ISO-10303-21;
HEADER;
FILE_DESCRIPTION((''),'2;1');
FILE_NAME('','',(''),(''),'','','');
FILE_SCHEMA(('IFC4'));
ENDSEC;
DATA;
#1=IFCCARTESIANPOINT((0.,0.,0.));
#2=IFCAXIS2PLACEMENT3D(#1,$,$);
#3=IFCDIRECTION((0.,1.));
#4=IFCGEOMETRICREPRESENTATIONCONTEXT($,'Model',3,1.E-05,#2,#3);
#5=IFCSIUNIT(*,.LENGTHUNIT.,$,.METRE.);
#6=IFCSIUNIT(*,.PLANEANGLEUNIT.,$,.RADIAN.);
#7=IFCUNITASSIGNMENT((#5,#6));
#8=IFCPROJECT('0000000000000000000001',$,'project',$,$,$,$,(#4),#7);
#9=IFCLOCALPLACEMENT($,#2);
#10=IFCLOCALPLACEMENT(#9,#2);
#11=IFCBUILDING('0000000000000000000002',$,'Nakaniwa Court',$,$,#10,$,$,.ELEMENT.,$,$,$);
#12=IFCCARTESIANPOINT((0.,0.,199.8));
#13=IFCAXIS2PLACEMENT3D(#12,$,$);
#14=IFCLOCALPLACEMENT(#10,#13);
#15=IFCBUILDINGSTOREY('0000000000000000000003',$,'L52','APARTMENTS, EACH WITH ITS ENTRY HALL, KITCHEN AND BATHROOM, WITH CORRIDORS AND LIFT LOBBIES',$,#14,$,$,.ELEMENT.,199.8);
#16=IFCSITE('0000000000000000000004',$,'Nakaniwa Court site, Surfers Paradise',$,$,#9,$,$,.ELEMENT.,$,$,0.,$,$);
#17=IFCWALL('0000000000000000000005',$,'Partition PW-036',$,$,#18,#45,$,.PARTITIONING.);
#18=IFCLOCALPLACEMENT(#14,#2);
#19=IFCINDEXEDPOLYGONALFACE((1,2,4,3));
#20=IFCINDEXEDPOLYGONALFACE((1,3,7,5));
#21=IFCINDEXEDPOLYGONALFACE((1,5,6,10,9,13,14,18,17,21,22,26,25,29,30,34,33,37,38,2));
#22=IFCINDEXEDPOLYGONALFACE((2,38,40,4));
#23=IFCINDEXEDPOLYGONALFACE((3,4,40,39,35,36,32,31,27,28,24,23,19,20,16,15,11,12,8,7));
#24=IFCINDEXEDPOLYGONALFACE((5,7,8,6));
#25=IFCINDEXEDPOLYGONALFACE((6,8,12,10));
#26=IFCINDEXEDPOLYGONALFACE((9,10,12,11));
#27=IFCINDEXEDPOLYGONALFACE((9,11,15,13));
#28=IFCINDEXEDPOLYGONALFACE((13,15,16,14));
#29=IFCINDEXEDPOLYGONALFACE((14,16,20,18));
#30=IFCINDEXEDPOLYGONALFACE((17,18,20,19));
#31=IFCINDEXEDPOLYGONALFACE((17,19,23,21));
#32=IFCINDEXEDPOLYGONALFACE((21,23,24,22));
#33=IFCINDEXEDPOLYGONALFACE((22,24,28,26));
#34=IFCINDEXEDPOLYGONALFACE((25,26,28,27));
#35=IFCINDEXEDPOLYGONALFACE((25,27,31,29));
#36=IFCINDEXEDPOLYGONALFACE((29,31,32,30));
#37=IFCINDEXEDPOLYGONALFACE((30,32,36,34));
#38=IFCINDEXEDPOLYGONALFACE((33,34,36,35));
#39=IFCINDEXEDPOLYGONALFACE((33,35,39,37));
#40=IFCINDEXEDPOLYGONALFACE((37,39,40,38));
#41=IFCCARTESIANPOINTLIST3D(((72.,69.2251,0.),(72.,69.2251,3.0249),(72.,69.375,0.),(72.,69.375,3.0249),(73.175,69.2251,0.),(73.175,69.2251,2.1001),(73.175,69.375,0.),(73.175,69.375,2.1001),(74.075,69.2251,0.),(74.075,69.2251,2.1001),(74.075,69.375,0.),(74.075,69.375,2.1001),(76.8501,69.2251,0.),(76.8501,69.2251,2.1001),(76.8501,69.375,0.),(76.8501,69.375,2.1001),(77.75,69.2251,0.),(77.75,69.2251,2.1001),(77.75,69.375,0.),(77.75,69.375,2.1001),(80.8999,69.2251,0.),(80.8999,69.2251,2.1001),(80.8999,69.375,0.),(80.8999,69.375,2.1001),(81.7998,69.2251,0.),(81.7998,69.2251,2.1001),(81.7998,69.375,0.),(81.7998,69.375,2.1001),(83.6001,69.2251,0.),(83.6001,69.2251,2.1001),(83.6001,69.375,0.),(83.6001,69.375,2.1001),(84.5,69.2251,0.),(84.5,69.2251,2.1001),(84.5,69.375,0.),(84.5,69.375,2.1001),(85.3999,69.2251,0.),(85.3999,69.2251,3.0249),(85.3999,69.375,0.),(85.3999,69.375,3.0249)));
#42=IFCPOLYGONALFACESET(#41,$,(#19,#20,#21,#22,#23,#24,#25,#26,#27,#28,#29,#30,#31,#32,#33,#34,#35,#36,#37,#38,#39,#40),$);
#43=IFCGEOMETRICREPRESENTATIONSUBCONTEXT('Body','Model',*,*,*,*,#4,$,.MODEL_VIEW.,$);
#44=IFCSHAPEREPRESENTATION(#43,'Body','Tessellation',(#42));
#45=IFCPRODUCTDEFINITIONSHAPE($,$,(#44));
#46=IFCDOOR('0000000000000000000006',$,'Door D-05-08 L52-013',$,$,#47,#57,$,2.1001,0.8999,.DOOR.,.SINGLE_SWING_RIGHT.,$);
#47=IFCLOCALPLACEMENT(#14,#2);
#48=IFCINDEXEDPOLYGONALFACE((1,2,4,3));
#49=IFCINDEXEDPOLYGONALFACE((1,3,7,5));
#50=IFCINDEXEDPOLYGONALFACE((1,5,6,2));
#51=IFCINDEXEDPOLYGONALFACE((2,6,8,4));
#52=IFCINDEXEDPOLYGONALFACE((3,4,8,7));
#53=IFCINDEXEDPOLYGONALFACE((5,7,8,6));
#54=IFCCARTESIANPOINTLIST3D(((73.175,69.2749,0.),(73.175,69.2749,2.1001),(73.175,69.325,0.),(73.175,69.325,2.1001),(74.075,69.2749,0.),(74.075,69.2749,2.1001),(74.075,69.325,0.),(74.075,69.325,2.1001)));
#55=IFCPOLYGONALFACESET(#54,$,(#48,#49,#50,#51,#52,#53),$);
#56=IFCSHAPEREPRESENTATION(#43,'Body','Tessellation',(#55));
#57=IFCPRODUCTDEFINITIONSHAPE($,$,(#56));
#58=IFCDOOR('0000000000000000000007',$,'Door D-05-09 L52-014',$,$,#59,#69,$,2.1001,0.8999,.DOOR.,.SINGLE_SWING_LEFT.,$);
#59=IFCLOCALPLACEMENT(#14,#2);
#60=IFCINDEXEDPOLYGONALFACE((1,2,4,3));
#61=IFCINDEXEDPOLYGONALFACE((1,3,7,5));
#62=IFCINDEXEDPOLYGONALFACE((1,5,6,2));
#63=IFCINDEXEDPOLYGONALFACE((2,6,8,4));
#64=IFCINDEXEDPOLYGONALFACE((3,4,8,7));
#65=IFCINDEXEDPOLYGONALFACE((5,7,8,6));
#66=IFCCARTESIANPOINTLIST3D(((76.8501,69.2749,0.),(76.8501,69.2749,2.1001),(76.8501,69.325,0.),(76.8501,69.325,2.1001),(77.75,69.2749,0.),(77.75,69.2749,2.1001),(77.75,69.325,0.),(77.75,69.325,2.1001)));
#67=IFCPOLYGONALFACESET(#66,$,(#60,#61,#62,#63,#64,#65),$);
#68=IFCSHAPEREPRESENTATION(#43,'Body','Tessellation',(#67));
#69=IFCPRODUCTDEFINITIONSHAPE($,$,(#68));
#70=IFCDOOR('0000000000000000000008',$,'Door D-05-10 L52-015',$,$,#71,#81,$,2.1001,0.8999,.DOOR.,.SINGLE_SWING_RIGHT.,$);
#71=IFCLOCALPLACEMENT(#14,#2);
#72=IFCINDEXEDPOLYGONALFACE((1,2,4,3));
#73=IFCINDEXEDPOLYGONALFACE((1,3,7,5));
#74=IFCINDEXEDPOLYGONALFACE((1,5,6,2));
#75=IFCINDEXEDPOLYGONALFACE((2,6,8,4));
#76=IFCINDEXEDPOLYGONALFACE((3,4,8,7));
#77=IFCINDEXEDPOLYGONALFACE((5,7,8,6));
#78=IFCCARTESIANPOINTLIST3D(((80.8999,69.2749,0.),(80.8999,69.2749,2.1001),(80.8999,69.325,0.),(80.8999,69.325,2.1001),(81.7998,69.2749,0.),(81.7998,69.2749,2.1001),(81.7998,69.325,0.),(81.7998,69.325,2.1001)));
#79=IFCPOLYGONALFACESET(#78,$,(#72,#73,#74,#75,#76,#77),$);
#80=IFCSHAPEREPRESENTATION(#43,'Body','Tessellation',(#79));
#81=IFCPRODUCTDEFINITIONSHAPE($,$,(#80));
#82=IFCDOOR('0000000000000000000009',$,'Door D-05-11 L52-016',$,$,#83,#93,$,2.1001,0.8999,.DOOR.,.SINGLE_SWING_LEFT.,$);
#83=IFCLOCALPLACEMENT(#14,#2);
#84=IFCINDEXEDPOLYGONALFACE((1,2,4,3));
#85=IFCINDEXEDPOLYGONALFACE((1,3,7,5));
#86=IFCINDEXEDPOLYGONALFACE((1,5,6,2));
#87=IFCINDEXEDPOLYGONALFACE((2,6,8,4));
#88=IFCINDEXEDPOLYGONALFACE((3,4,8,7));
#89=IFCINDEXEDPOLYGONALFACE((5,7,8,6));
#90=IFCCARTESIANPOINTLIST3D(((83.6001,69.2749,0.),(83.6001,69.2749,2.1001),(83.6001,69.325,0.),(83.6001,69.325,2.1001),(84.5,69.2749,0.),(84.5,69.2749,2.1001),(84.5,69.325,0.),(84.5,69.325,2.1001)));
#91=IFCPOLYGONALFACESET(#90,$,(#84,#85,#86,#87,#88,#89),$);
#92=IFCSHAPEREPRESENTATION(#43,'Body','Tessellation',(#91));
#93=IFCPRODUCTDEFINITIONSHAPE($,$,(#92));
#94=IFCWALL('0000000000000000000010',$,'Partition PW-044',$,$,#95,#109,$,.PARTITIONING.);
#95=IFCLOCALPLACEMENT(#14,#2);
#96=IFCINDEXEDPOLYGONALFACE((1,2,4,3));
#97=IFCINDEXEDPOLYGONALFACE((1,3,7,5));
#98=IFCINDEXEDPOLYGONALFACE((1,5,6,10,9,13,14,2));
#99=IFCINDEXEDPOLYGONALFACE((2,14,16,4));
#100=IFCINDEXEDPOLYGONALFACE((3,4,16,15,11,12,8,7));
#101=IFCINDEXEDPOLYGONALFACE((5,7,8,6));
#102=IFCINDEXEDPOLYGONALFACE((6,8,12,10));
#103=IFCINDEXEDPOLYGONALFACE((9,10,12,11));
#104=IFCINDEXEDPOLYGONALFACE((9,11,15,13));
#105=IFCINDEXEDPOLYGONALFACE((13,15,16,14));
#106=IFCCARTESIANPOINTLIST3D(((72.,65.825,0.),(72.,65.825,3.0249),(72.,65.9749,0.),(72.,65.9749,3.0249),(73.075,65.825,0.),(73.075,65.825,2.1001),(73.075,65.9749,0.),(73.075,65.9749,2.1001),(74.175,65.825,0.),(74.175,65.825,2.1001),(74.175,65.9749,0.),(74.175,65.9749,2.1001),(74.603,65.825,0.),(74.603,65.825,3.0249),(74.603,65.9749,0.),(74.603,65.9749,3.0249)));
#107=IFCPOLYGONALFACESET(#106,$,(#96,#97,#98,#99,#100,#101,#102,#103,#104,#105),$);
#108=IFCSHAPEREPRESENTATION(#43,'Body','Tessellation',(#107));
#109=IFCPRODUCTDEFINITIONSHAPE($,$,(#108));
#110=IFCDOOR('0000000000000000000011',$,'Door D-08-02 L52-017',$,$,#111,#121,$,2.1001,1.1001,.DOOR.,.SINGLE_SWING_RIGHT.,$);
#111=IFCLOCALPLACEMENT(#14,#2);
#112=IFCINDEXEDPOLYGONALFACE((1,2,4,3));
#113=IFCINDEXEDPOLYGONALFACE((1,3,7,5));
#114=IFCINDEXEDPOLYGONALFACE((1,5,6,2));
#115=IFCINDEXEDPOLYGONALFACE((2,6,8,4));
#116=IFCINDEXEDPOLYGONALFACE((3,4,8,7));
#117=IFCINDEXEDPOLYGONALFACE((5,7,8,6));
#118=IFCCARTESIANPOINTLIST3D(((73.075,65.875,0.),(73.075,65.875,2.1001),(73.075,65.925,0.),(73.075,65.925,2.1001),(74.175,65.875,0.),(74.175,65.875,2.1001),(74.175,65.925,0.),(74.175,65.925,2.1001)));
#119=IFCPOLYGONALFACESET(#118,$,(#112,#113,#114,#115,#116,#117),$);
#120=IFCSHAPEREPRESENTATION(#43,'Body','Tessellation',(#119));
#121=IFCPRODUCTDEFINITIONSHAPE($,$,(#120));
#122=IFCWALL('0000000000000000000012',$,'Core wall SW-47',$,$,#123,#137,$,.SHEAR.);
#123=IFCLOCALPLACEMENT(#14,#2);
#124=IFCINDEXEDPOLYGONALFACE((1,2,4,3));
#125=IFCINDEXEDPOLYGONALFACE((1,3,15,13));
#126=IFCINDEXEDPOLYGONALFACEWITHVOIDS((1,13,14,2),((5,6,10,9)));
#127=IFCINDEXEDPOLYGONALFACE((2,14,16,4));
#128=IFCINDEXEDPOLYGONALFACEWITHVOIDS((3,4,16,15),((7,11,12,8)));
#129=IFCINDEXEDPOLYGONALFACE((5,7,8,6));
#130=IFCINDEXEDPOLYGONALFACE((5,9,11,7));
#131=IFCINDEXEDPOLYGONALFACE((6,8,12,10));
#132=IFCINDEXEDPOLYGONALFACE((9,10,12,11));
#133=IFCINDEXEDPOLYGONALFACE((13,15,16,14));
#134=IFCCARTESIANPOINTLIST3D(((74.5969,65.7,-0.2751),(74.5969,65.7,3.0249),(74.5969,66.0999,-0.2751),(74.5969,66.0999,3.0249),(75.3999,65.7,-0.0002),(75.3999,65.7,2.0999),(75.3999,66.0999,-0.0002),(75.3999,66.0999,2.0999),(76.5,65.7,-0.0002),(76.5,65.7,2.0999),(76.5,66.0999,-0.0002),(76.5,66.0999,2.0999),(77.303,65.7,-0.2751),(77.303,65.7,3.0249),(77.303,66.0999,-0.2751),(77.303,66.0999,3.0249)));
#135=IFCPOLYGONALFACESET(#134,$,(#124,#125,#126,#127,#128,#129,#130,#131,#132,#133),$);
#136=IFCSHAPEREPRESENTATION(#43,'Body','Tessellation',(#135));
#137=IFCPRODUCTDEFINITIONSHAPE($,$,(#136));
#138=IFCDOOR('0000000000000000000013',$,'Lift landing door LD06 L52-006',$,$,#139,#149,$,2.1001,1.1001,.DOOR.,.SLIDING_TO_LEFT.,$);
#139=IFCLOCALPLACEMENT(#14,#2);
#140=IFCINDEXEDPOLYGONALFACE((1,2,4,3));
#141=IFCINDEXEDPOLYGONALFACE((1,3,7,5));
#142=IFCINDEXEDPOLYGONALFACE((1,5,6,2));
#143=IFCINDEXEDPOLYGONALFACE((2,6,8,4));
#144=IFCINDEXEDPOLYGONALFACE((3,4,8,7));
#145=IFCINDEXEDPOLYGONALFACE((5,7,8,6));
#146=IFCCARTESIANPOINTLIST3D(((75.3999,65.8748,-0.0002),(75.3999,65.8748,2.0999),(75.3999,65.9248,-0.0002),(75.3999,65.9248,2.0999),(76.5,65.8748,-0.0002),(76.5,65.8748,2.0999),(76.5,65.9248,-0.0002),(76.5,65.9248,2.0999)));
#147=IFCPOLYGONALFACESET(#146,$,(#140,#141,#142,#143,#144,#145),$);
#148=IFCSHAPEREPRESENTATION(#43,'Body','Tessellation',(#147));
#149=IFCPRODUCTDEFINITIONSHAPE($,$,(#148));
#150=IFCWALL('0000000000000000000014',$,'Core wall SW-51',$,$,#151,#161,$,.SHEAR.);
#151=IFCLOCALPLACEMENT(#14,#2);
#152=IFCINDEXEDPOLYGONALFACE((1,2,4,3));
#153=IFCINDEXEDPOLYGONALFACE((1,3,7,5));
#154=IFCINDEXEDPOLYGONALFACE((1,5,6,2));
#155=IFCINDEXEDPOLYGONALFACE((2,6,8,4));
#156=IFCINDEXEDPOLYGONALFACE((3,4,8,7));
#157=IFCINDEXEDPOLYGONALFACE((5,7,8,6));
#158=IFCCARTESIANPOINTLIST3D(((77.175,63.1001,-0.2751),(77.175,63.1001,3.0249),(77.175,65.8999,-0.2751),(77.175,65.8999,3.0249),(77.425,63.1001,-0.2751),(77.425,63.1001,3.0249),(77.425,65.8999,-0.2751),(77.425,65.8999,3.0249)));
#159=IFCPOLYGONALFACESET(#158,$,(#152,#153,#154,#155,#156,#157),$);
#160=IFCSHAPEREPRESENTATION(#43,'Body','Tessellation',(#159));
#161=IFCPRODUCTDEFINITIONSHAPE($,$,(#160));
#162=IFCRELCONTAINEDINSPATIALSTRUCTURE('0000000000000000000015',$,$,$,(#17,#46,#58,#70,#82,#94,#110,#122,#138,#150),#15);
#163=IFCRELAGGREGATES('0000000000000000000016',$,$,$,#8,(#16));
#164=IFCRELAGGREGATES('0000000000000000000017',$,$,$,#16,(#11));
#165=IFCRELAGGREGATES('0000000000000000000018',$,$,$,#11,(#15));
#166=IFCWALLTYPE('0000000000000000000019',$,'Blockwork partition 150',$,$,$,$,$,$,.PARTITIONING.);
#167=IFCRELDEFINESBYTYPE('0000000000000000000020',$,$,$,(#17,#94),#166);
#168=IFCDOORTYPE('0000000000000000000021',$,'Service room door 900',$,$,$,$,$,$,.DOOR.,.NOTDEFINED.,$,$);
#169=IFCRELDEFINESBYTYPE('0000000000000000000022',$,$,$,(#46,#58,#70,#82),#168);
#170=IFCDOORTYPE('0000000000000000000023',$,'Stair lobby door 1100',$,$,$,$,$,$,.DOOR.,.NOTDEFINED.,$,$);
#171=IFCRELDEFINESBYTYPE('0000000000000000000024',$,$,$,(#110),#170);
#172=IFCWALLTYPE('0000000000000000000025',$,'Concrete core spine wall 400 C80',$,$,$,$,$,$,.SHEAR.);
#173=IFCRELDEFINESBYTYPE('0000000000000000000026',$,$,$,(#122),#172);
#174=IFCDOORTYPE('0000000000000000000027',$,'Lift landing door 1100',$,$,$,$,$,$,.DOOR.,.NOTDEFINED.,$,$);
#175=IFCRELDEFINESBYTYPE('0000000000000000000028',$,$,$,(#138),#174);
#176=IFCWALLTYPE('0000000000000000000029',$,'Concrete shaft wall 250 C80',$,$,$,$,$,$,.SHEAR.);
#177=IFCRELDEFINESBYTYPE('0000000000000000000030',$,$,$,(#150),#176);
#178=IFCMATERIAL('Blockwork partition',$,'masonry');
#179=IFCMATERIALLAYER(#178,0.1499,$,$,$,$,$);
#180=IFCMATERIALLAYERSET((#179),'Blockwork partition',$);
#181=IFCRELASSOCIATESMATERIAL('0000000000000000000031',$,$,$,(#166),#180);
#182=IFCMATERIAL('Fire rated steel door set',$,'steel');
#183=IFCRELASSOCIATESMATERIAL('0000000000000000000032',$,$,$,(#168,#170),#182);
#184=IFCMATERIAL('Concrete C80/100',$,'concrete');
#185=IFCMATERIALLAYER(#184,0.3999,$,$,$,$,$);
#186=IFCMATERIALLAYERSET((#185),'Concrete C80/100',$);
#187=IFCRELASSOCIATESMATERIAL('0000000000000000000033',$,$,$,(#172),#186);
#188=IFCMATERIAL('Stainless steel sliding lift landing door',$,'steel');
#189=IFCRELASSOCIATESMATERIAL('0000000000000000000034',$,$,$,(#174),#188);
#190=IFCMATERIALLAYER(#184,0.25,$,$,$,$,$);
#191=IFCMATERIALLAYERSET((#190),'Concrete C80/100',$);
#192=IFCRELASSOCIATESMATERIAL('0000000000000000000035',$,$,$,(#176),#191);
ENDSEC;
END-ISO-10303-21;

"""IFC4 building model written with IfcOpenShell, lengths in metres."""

from ifc_helpers import new_model, si_unit, direction, frame, frame_2d, origin, place, context, subcontext, project, spatial, rectangle, extrude, material, layer, layer_set, type_object, element, fill, save


model = new_model("IFC4")

# Units and contexts
model_context = context("Model", 3, precision=1e-05, world=origin(), true_north=direction((0.0, 1.0)))
body_context = subcontext(model_context, "Body", "Model", "MODEL_VIEW")
ifc_project = project(units=[si_unit("LENGTHUNIT", "METRE"), si_unit("PLANEANGLEUNIT", "RADIAN")], contexts=[model_context])

# Site, building, storey
site_placement = place(None, origin())
site = spatial("IfcSite", under=ifc_project, at=site_placement, Name="Nakaniwa Court site, Surfers Paradise", CompositionType="ELEMENT", RefElevation=0.0)
building_placement = place(site_placement, origin())
building = spatial("IfcBuilding", under=site, at=building_placement, Name="Nakaniwa Court", CompositionType="ELEMENT")
storey_placement = place(building_placement, frame((0.0, 0.0, 199.8)))
storey = spatial("IfcBuildingStorey", under=building, at=storey_placement, Name="L52", Description="APARTMENTS, EACH WITH ITS ENTRY HALL, KITCHEN AND BATHROOM, WITH CORRIDORS AND LIFT LOBBIES", CompositionType="ELEMENT", Elevation=199.8)

# Shared definitions
ifc_material_1 = material(Name="Concrete C80/100", Category="concrete")

# Shared definitions
ifc_material_2 = material(Name="Blockwork partition", Category="masonry")
ifc_layer_1 = layer(ifc_material_2, 0.1499)
ifc_layer_set_1 = layer_set([ifc_layer_1], Name="Blockwork partition")
wall_type_1 = type_object("IfcWallType", Name="Blockwork partition 150", PredefinedType="PARTITIONING", material=ifc_layer_set_1)

# Wall, openings, doors
wall_1_placement = place(storey_placement, frame((72.0, 69.3, 0.0), z_axis=(0.0, 0.0, 1.0), x_axis=(1.0, 0.0, 0.0)))
wall_1 = element("IfcWall", 1, at=wall_1_placement, inside=storey, type_object=wall_type_1, Name="Partition PW-036", PredefinedType="PARTITIONING", context=body_context, shape_type="SweptSolid", body=[
    extrude(rectangle(XDim=13.3999, YDim=0.1499, at=frame_2d((6.7, 0.0))), origin(), (0.0, 0.0, 1.0), 3.0249),
])
opening_1_placement = place(wall_1_placement, frame((1.175, 0.0, 0.0)))
opening_1 = element("IfcOpeningElement", 2, at=opening_1_placement, cuts=wall_1, PredefinedType="OPENING", context=body_context, shape_type="SweptSolid", body=[
    extrude(rectangle(XDim=0.8999, YDim=2.1001, at=frame_2d((0.45, 1.05))), frame((0.0, 0.085, 0.0), z_axis=(0.0, -1.0, 0.0), x_axis=(1.0, 0.0, 0.0)), (0.0, 0.0, 1.0), 0.1699),
])
opening_2_placement = place(wall_1_placement, frame((4.8501, 0.0, 0.0)))
opening_2 = element("IfcOpeningElement", 3, at=opening_2_placement, cuts=wall_1, PredefinedType="OPENING", context=body_context, shape_type="SweptSolid", body=[
    extrude(rectangle(XDim=0.8999, YDim=2.1001, at=frame_2d((0.45, 1.05))), frame((0.0, 0.085, 0.0), z_axis=(0.0, -1.0, 0.0), x_axis=(1.0, 0.0, 0.0)), (0.0, 0.0, 1.0), 0.1699),
])
opening_3_placement = place(wall_1_placement, frame((8.8999, 0.0, 0.0)))
opening_3 = element("IfcOpeningElement", 4, at=opening_3_placement, cuts=wall_1, PredefinedType="OPENING", context=body_context, shape_type="SweptSolid", body=[
    extrude(rectangle(XDim=0.8999, YDim=2.1001, at=frame_2d((0.45, 1.05))), frame((0.0, 0.085, 0.0), z_axis=(0.0, -1.0, 0.0), x_axis=(1.0, 0.0, 0.0)), (0.0, 0.0, 1.0), 0.1699),
])
opening_4_placement = place(wall_1_placement, frame((11.6001, 0.0, 0.0)))
opening_4 = element("IfcOpeningElement", 5, at=opening_4_placement, cuts=wall_1, PredefinedType="OPENING", context=body_context, shape_type="SweptSolid", body=[
    extrude(rectangle(XDim=0.8999, YDim=2.1001, at=frame_2d((0.45, 1.05))), frame((0.0, 0.085, 0.0), z_axis=(0.0, -1.0, 0.0), x_axis=(1.0, 0.0, 0.0)), (0.0, 0.0, 1.0), 0.1699),
])
ifc_material_3 = material(Name="Fire rated steel door set", Category="steel")
door_type_1 = type_object("IfcDoorType", Name="Service room door 900", OperationType="NOTDEFINED", PredefinedType="DOOR", material=ifc_material_3)
door_1_placement = place(opening_1_placement, origin())
door_1 = element("IfcDoor", 6, at=door_1_placement, inside=storey, type_object=door_type_1, Name="Door D-05-08 L52-013", OperationType="SINGLE_SWING_RIGHT", OverallHeight=2.1001, OverallWidth=0.8999, PredefinedType="DOOR", context=body_context, shape_type="SweptSolid", body=[
    extrude(rectangle(XDim=0.8999, YDim=2.1001, at=frame_2d((0.45, 1.05))), frame((0.0, 0.0249, 0.0), z_axis=(0.0, -1.0, 0.0), x_axis=(1.0, 0.0, 0.0)), (0.0, 0.0, 1.0), 0.05),
])
fill(opening_1, door_1)
door_2_placement = place(opening_2_placement, origin())
door_2 = element("IfcDoor", 7, at=door_2_placement, inside=storey, type_object=door_type_1, Name="Door D-05-09 L52-014", OperationType="SINGLE_SWING_LEFT", OverallHeight=2.1001, OverallWidth=0.8999, PredefinedType="DOOR", context=body_context, shape_type="SweptSolid", body=[
    extrude(rectangle(XDim=0.8999, YDim=2.1001, at=frame_2d((0.45, 1.05))), frame((0.0, 0.0249, 0.0), z_axis=(0.0, -1.0, 0.0), x_axis=(1.0, 0.0, 0.0)), (0.0, 0.0, 1.0), 0.05),
])
fill(opening_2, door_2)
door_3_placement = place(opening_3_placement, origin())
door_3 = element("IfcDoor", 8, at=door_3_placement, inside=storey, type_object=door_type_1, Name="Door D-05-10 L52-015", OperationType="SINGLE_SWING_RIGHT", OverallHeight=2.1001, OverallWidth=0.8999, PredefinedType="DOOR", context=body_context, shape_type="SweptSolid", body=[
    extrude(rectangle(XDim=0.8999, YDim=2.1001, at=frame_2d((0.45, 1.05))), frame((0.0, 0.0249, 0.0), z_axis=(0.0, -1.0, 0.0), x_axis=(1.0, 0.0, 0.0)), (0.0, 0.0, 1.0), 0.05),
])
fill(opening_3, door_3)
door_4_placement = place(opening_4_placement, origin())
door_4 = element("IfcDoor", 9, at=door_4_placement, inside=storey, type_object=door_type_1, Name="Door D-05-11 L52-016", OperationType="SINGLE_SWING_LEFT", OverallHeight=2.1001, OverallWidth=0.8999, PredefinedType="DOOR", context=body_context, shape_type="SweptSolid", body=[
    extrude(rectangle(XDim=0.8999, YDim=2.1001, at=frame_2d((0.45, 1.05))), frame((0.0, 0.0249, 0.0), z_axis=(0.0, -1.0, 0.0), x_axis=(1.0, 0.0, 0.0)), (0.0, 0.0, 1.0), 0.05),
])
fill(opening_4, door_4)

# Walls, openings, doors
wall_2_placement = place(storey_placement, frame((74.603, 65.8999, 0.0), z_axis=(0.0, 0.0, 1.0), x_axis=(-1.0, 0.0, 0.0)))
wall_2 = element("IfcWall", 10, at=wall_2_placement, inside=storey, type_object=wall_type_1, Name="Partition PW-044", PredefinedType="PARTITIONING", context=body_context, shape_type="SweptSolid", body=[
    extrude(rectangle(XDim=2.603, YDim=0.1499, at=frame_2d((1.3015, 0.0))), origin(), (0.0, 0.0, 1.0), 3.0249),
])
opening_5_placement = place(wall_2_placement, frame((0.428, 0.0, 0.0)))
opening_5 = element("IfcOpeningElement", 11, at=opening_5_placement, cuts=wall_2, PredefinedType="OPENING", context=body_context, shape_type="SweptSolid", body=[
    extrude(rectangle(XDim=1.1001, YDim=2.1001, at=frame_2d((0.55, 1.05))), frame((0.0, 0.085, 0.0), z_axis=(0.0, -1.0, 0.0), x_axis=(1.0, 0.0, 0.0)), (0.0, 0.0, 1.0), 0.1699),
])
door_type_2 = type_object("IfcDoorType", Name="Stair lobby door 1100", OperationType="NOTDEFINED", PredefinedType="DOOR", material=ifc_material_3)
door_5_placement = place(opening_5_placement, origin())
door_5 = element("IfcDoor", 12, at=door_5_placement, inside=storey, type_object=door_type_2, Name="Door D-08-02 L52-017", OperationType="SINGLE_SWING_RIGHT", OverallHeight=2.1001, OverallWidth=1.1001, PredefinedType="DOOR", context=body_context, shape_type="SweptSolid", body=[
    extrude(rectangle(XDim=1.1001, YDim=2.1001, at=frame_2d((0.55, 1.05))), frame((0.0, 0.0249, 0.0), z_axis=(0.0, -1.0, 0.0), x_axis=(1.0, 0.0, 0.0)), (0.0, 0.0, 1.0), 0.05),
])
fill(opening_5, door_5)
ifc_layer_2 = layer(ifc_material_1, 0.3999)
ifc_layer_set_2 = layer_set([ifc_layer_2], Name="Concrete C80/100")
wall_type_2 = type_object("IfcWallType", Name="Concrete core spine wall 400 C80", PredefinedType="SHEAR", material=ifc_layer_set_2)
wall_3_placement = place(storey_placement, frame((74.5969, 65.8999, -0.2751), z_axis=(0.0, 0.0, 1.0), x_axis=(1.0, 0.0, 0.0)))
wall_3 = element("IfcWall", 13, at=wall_3_placement, inside=storey, type_object=wall_type_2, Name="Core wall SW-47", PredefinedType="SHEAR", context=body_context, shape_type="SweptSolid", body=[
    extrude(rectangle(XDim=2.7061, YDim=0.3999, at=frame_2d((1.353, 0.0))), origin(), (0.0, 0.0, 1.0), 3.3),
])
opening_6_placement = place(wall_3_placement, frame((0.803, 0.0, 0.2749)))
opening_6 = element("IfcOpeningElement", 14, at=opening_6_placement, cuts=wall_3, PredefinedType="OPENING", context=body_context, shape_type="SweptSolid", body=[
    extrude(rectangle(XDim=1.1001, YDim=2.1001, at=frame_2d((0.55, 1.05))), frame((0.0, 0.21, 0.0), z_axis=(0.0, -1.0, 0.0), x_axis=(1.0, 0.0, 0.0)), (0.0, 0.0, 1.0), 0.4199),
])
ifc_material_4 = material(Name="Stainless steel sliding lift landing door", Category="steel")
door_type_3 = type_object("IfcDoorType", Name="Lift landing door 1100", OperationType="NOTDEFINED", PredefinedType="DOOR", material=ifc_material_4)
door_6_placement = place(opening_6_placement, origin())
door_6 = element("IfcDoor", 15, at=door_6_placement, inside=storey, type_object=door_type_3, Name="Lift landing door LD06 L52-006", OperationType="SLIDING_TO_LEFT", OverallHeight=2.1001, OverallWidth=1.1001, PredefinedType="DOOR", context=body_context, shape_type="SweptSolid", body=[
    extrude(rectangle(XDim=1.1001, YDim=2.1001, at=frame_2d((0.55, 1.05))), frame((0.0, 0.0249, 0.0), z_axis=(0.0, -1.0, 0.0), x_axis=(1.0, 0.0, 0.0)), (0.0, 0.0, 1.0), 0.05),
])
fill(opening_6, door_6)

# Wall
ifc_layer_3 = layer(ifc_material_1, 0.25)
ifc_layer_set_3 = layer_set([ifc_layer_3], Name="Concrete C80/100")
wall_type_3 = type_object("IfcWallType", Name="Concrete shaft wall 250 C80", PredefinedType="SHEAR", material=ifc_layer_set_3)
wall_4_placement = place(storey_placement, frame((77.3, 63.1001, -0.2751), z_axis=(0.0, 0.0, 1.0), x_axis=(0.0, 1.0, 0.0)))
element("IfcWall", 16, at=wall_4_placement, inside=storey, type_object=wall_type_3, Name="Core wall SW-51", PredefinedType="SHEAR", context=body_context, shape_type="SweptSolid", body=[
    extrude(rectangle(XDim=2.7998, YDim=0.25, at=frame_2d((1.3999, 0.0))), origin(), (0.0, 0.0, 1.0), 3.3),
])

save(model, "model.ifc")
